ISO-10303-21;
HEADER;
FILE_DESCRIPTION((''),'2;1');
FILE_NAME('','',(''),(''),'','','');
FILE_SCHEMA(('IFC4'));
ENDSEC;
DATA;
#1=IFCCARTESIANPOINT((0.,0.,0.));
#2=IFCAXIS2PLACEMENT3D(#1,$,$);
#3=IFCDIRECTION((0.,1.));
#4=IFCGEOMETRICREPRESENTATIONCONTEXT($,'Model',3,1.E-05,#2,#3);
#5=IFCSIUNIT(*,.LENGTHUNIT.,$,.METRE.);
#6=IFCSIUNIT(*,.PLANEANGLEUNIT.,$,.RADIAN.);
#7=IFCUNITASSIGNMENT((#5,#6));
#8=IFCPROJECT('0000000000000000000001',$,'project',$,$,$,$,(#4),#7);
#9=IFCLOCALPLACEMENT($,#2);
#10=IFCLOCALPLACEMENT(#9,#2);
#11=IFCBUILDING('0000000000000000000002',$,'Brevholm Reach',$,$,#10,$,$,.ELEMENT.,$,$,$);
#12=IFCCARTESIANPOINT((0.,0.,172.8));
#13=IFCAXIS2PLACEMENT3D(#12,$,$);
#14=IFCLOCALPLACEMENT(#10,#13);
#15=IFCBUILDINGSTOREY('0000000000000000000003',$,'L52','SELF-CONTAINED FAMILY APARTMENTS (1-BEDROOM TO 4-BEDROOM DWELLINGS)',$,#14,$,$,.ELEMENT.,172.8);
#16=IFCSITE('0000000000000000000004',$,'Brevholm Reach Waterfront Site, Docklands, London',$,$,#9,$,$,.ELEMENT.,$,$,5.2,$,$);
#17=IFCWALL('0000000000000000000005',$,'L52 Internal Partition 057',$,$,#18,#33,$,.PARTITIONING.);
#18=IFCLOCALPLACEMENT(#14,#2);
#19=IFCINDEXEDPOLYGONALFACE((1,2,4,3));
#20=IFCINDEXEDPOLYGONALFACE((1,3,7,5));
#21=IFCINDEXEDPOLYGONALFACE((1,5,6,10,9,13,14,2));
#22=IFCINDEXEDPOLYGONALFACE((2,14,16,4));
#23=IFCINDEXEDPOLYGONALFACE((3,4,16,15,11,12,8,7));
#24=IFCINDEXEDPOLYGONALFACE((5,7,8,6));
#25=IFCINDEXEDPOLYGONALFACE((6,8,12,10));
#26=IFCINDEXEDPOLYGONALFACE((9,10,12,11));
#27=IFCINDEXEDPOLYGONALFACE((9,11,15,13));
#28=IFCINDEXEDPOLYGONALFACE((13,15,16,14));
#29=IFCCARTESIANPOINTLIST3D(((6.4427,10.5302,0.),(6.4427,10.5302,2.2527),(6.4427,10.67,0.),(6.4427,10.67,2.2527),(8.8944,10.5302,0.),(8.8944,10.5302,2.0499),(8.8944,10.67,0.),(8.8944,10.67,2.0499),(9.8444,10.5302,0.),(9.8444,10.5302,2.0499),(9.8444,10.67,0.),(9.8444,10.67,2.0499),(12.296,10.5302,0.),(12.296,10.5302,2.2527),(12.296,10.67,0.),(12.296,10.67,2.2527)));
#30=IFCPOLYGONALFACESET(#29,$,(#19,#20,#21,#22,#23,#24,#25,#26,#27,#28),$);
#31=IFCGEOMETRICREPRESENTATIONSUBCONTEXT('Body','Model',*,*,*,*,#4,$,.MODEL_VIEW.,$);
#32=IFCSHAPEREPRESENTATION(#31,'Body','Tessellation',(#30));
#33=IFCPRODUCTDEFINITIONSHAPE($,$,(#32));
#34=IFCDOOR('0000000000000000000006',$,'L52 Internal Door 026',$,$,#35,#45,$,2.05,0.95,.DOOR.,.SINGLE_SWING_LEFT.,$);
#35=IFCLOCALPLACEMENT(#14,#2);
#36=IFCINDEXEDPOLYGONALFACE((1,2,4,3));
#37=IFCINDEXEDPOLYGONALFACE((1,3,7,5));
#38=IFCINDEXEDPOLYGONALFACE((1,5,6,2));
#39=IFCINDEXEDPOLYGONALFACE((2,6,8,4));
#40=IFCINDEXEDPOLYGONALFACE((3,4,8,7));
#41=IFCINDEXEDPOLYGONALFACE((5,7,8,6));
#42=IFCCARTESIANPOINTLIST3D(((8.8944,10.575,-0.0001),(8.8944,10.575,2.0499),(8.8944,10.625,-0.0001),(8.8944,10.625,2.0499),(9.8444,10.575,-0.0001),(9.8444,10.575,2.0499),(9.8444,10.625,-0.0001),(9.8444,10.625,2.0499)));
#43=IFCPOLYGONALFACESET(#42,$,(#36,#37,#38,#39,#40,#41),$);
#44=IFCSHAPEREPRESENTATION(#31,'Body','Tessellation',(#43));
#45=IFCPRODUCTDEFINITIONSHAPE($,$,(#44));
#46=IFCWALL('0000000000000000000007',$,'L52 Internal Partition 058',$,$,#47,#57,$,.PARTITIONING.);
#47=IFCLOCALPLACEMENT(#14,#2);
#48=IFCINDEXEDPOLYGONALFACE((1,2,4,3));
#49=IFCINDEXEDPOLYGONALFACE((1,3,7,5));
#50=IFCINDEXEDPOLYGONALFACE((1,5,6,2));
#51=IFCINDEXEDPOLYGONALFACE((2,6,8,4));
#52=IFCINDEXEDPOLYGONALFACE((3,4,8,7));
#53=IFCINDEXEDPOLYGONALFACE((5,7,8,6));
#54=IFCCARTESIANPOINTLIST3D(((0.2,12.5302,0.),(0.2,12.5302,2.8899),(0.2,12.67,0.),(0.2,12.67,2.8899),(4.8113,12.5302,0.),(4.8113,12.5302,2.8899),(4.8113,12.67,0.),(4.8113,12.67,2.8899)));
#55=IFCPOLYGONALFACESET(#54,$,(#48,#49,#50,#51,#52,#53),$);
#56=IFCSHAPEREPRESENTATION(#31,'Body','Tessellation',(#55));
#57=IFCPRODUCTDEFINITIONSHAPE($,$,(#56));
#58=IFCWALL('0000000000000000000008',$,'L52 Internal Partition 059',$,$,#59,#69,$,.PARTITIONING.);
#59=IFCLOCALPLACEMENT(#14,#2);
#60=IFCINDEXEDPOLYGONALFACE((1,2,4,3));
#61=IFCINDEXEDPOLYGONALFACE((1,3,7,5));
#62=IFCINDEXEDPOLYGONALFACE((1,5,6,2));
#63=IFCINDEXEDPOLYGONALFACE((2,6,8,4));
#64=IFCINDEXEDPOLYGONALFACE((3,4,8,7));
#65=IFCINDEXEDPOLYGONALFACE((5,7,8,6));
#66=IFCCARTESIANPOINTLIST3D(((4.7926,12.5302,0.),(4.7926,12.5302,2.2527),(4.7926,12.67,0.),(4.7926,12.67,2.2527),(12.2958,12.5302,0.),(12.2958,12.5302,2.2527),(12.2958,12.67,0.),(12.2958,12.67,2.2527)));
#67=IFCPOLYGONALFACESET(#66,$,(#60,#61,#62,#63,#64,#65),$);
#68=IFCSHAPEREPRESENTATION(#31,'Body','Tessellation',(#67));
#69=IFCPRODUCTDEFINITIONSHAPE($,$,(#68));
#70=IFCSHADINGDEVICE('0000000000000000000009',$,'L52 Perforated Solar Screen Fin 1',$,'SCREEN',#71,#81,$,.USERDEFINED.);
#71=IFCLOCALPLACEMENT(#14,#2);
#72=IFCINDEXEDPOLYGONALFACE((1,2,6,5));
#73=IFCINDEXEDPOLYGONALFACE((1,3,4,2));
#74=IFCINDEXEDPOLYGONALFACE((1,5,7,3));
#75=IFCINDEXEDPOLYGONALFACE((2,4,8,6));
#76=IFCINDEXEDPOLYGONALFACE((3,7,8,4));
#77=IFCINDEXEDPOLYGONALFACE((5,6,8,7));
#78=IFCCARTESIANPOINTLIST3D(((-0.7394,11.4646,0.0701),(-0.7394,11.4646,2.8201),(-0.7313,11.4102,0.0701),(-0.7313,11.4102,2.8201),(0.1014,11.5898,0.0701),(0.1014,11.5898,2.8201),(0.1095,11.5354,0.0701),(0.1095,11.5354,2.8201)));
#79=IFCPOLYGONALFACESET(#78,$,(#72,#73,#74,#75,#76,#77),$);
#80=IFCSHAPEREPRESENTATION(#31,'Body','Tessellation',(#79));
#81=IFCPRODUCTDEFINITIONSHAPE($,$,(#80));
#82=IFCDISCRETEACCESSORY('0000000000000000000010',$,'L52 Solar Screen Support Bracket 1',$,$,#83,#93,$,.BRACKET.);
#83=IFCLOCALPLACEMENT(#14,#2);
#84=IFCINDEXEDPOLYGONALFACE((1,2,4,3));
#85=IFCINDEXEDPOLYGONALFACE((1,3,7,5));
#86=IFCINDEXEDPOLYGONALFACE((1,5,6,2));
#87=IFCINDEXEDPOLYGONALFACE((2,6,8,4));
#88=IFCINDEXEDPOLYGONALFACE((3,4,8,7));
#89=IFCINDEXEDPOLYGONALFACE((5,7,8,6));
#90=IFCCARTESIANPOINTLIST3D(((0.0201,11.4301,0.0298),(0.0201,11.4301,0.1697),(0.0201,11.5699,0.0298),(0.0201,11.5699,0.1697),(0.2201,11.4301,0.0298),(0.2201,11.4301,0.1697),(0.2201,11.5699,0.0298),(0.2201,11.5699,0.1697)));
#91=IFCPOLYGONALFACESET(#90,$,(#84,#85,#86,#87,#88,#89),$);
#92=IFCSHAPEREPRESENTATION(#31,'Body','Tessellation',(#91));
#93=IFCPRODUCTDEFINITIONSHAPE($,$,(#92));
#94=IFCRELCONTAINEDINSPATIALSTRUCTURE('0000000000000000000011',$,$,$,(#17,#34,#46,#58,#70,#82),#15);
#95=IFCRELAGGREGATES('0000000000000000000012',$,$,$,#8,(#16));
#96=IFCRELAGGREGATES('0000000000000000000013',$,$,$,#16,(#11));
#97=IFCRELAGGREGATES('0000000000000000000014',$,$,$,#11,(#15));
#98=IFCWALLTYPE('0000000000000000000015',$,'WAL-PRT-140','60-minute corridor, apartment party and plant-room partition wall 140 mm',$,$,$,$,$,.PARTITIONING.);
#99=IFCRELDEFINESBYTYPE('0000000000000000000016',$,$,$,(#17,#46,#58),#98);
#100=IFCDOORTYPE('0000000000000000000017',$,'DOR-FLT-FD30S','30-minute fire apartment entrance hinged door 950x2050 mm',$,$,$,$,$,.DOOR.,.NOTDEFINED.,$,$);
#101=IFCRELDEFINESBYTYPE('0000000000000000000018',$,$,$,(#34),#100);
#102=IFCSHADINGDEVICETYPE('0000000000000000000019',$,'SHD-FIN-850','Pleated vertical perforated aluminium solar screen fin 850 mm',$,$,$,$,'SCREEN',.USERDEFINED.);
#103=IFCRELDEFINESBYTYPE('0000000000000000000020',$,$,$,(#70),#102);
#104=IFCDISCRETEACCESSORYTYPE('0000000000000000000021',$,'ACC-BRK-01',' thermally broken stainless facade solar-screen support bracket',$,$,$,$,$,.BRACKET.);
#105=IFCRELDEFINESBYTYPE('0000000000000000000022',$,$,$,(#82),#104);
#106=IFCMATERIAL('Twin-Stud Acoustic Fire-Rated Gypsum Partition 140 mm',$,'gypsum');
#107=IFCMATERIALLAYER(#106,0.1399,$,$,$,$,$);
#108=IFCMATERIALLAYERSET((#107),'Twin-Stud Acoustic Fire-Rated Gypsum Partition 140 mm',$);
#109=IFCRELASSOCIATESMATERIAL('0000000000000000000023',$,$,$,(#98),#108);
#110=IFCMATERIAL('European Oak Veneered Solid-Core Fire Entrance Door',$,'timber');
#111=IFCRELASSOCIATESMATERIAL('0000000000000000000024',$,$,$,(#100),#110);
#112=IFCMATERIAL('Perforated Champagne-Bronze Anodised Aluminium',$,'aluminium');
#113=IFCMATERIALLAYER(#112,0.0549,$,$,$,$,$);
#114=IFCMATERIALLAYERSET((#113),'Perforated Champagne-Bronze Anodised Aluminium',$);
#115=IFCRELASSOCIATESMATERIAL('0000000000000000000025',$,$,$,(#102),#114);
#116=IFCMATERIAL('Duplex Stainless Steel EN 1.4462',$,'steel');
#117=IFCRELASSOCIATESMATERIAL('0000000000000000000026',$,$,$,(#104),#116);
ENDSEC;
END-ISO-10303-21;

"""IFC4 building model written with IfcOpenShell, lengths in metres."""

from ifc_helpers import new_model, si_unit, direction, frame, frame_2d, origin, origin_2d, place, context, subcontext, project, spatial, rectangle, extrude, material, layer, layer_set, type_object, element, fill, save


model = new_model("IFC4")

# Units and contexts
model_context = context("Model", 3, precision=1e-05, world=origin(), true_north=direction((0.0, 1.0)))
body_context = subcontext(model_context, "Body", "Model", "MODEL_VIEW")
ifc_project = project(units=[si_unit("LENGTHUNIT", "METRE"), si_unit("PLANEANGLEUNIT", "RADIAN")], contexts=[model_context])

# Site, building, storey
site_placement = place(None, origin())
site = spatial("IfcSite", under=ifc_project, at=site_placement, Name="Brevholm Reach Waterfront Site, Docklands, London", CompositionType="ELEMENT", RefElevation=5.2)
building_placement = place(site_placement, origin())
building = spatial("IfcBuilding", under=site, at=building_placement, Name="Brevholm Reach", CompositionType="ELEMENT")
storey_placement = place(building_placement, frame((0.0, 0.0, 172.8)))
storey = spatial("IfcBuildingStorey", under=building, at=storey_placement, Name="L52", Description="SELF-CONTAINED FAMILY APARTMENTS (1-BEDROOM TO 4-BEDROOM DWELLINGS)", CompositionType="ELEMENT", Elevation=172.8)

# Shared definitions
ifc_material_1 = material(Name="Twin-Stud Acoustic Fire-Rated Gypsum Partition 140 mm", Category="gypsum")
ifc_layer_1 = layer(ifc_material_1, 0.1399)
ifc_layer_set_1 = layer_set([ifc_layer_1], Name="Twin-Stud Acoustic Fire-Rated Gypsum Partition 140 mm")
wall_type_1 = type_object("IfcWallType", Name="WAL-PRT-140", Description="60-minute corridor, apartment party and plant-room partition wall 140 mm", PredefinedType="PARTITIONING", material=ifc_layer_set_1)

# Wall, opening, door
wall_1_placement = place(storey_placement, frame((6.4426, 10.6001, 0.0), z_axis=(0.0, 0.0, 1.0), x_axis=(1.0, 0.0, 0.0)))
wall_1 = element("IfcWall", 1, at=wall_1_placement, inside=storey, type_object=wall_type_1, Name="L52 Internal Partition 057", PredefinedType="PARTITIONING", context=body_context, shape_type="SweptSolid", body=[
    extrude(rectangle(XDim=5.8533, YDim=0.1399, at=frame_2d((2.9268, 0.0))), origin(), (0.0, 0.0, 1.0), 2.2527),
])
opening_1_placement = place(wall_1_placement, frame((2.4517, 0.0, 0.0)))
opening_1 = element("IfcOpeningElement", 2, at=opening_1_placement, cuts=wall_1, PredefinedType="OPENING", context=body_context, shape_type="SweptSolid", body=[
    extrude(rectangle(XDim=0.95, YDim=2.05, at=frame_2d((0.4751, 1.0249))), frame((0.0, 0.0798, 0.0), z_axis=(0.0, -1.0, 0.0), x_axis=(1.0, 0.0, 0.0)), (0.0, 0.0, 1.0), 0.1599),
])
ifc_material_2 = material(Name="European Oak Veneered Solid-Core Fire Entrance Door", Category="timber")
door_type_1 = type_object("IfcDoorType", Name="DOR-FLT-FD30S", Description="30-minute fire apartment entrance hinged door 950x2050 mm", OperationType="NOTDEFINED", PredefinedType="DOOR", material=ifc_material_2)
door_1_placement = place(opening_1_placement, origin())
door_1 = element("IfcDoor", 3, at=door_1_placement, inside=storey, type_object=door_type_1, Name="L52 Internal Door 026", OperationType="SINGLE_SWING_LEFT", OverallHeight=2.05, OverallWidth=0.95, PredefinedType="DOOR", context=body_context, shape_type="SweptSolid", body=[
    extrude(rectangle(XDim=0.95, YDim=2.05, at=frame_2d((0.4751, 1.0249))), frame((0.0, 0.0249, 0.0), z_axis=(0.0, -1.0, 0.0), x_axis=(1.0, 0.0, 0.0)), (0.0, 0.0, 1.0), 0.05),
])
fill(opening_1, door_1)

# Walls
wall_2_placement = place(storey_placement, frame((0.2, 12.6001, 0.0), z_axis=(0.0, 0.0, 1.0), x_axis=(1.0, 0.0, 0.0)))
element("IfcWall", 4, at=wall_2_placement, inside=storey, type_object=wall_type_1, Name="L52 Internal Partition 058", PredefinedType="PARTITIONING", context=body_context, shape_type="SweptSolid", body=[
    extrude(rectangle(XDim=4.6113, YDim=0.1399, at=frame_2d((2.3057, 0.0))), origin(), (0.0, 0.0, 1.0), 2.8899),
])
wall_3_placement = place(storey_placement, frame((4.7927, 12.6001, 0.0), z_axis=(0.0, 0.0, 1.0), x_axis=(1.0, 0.0, 0.0)))
element("IfcWall", 5, at=wall_3_placement, inside=storey, type_object=wall_type_1, Name="L52 Internal Partition 059", PredefinedType="PARTITIONING", context=body_context, shape_type="SweptSolid", body=[
    extrude(rectangle(XDim=7.5032, YDim=0.1399, at=frame_2d((3.7515, 0.0))), origin(), (0.0, 0.0, 1.0), 2.2527),
])

# Shading device
ifc_material_3 = material(Name="Perforated Champagne-Bronze Anodised Aluminium", Category="aluminium")
ifc_layer_2 = layer(ifc_material_3, 0.0549)
ifc_layer_set_2 = layer_set([ifc_layer_2], Name="Perforated Champagne-Bronze Anodised Aluminium")
shading_device_type = type_object("IfcShadingDeviceType", Name="SHD-FIN-850", Description="Pleated vertical perforated aluminium solar screen fin 850 mm", ElementType="SCREEN", PredefinedType="USERDEFINED", material=ifc_layer_set_2)
shading_device_placement = place(storey_placement, frame((-0.3149, 11.5, 0.0701), z_axis=(0.0, 0.0, 1.0), x_axis=(-0.989098, -0.147257, 0.0)))
element("IfcShadingDevice", 6, at=shading_device_placement, inside=storey, type_object=shading_device_type, Name="L52 Perforated Solar Screen Fin 1", ObjectType="SCREEN", PredefinedType="USERDEFINED", context=body_context, shape_type="SweptSolid", body=[
    extrude(rectangle(XDim=0.8501, YDim=0.0549, at=origin_2d()), origin(), (0.0, 0.0, 1.0), 2.75),
])

# Discrete accessory
ifc_material_4 = material(Name="Duplex Stainless Steel EN 1.4462", Category="steel")
discrete_accessory_type = type_object("IfcDiscreteAccessoryType", Name="ACC-BRK-01", Description=" thermally broken stainless facade solar-screen support bracket", PredefinedType="BRACKET", material=ifc_material_4)
discrete_accessory_placement = place(storey_placement, frame((0.1201, 11.5, 0.0298), z_axis=(0.0, 0.0, 1.0), x_axis=(-1.0, 0.0, 0.0)))
element("IfcDiscreteAccessory", 7, at=discrete_accessory_placement, inside=storey, type_object=discrete_accessory_type, Name="L52 Solar Screen Support Bracket 1", PredefinedType="BRACKET", context=body_context, shape_type="SweptSolid", body=[
    extrude(rectangle(XDim=0.2, YDim=0.1399, at=origin_2d()), origin(), (0.0, 0.0, 1.0), 0.1399),
])

save(model, "model.ifc")
